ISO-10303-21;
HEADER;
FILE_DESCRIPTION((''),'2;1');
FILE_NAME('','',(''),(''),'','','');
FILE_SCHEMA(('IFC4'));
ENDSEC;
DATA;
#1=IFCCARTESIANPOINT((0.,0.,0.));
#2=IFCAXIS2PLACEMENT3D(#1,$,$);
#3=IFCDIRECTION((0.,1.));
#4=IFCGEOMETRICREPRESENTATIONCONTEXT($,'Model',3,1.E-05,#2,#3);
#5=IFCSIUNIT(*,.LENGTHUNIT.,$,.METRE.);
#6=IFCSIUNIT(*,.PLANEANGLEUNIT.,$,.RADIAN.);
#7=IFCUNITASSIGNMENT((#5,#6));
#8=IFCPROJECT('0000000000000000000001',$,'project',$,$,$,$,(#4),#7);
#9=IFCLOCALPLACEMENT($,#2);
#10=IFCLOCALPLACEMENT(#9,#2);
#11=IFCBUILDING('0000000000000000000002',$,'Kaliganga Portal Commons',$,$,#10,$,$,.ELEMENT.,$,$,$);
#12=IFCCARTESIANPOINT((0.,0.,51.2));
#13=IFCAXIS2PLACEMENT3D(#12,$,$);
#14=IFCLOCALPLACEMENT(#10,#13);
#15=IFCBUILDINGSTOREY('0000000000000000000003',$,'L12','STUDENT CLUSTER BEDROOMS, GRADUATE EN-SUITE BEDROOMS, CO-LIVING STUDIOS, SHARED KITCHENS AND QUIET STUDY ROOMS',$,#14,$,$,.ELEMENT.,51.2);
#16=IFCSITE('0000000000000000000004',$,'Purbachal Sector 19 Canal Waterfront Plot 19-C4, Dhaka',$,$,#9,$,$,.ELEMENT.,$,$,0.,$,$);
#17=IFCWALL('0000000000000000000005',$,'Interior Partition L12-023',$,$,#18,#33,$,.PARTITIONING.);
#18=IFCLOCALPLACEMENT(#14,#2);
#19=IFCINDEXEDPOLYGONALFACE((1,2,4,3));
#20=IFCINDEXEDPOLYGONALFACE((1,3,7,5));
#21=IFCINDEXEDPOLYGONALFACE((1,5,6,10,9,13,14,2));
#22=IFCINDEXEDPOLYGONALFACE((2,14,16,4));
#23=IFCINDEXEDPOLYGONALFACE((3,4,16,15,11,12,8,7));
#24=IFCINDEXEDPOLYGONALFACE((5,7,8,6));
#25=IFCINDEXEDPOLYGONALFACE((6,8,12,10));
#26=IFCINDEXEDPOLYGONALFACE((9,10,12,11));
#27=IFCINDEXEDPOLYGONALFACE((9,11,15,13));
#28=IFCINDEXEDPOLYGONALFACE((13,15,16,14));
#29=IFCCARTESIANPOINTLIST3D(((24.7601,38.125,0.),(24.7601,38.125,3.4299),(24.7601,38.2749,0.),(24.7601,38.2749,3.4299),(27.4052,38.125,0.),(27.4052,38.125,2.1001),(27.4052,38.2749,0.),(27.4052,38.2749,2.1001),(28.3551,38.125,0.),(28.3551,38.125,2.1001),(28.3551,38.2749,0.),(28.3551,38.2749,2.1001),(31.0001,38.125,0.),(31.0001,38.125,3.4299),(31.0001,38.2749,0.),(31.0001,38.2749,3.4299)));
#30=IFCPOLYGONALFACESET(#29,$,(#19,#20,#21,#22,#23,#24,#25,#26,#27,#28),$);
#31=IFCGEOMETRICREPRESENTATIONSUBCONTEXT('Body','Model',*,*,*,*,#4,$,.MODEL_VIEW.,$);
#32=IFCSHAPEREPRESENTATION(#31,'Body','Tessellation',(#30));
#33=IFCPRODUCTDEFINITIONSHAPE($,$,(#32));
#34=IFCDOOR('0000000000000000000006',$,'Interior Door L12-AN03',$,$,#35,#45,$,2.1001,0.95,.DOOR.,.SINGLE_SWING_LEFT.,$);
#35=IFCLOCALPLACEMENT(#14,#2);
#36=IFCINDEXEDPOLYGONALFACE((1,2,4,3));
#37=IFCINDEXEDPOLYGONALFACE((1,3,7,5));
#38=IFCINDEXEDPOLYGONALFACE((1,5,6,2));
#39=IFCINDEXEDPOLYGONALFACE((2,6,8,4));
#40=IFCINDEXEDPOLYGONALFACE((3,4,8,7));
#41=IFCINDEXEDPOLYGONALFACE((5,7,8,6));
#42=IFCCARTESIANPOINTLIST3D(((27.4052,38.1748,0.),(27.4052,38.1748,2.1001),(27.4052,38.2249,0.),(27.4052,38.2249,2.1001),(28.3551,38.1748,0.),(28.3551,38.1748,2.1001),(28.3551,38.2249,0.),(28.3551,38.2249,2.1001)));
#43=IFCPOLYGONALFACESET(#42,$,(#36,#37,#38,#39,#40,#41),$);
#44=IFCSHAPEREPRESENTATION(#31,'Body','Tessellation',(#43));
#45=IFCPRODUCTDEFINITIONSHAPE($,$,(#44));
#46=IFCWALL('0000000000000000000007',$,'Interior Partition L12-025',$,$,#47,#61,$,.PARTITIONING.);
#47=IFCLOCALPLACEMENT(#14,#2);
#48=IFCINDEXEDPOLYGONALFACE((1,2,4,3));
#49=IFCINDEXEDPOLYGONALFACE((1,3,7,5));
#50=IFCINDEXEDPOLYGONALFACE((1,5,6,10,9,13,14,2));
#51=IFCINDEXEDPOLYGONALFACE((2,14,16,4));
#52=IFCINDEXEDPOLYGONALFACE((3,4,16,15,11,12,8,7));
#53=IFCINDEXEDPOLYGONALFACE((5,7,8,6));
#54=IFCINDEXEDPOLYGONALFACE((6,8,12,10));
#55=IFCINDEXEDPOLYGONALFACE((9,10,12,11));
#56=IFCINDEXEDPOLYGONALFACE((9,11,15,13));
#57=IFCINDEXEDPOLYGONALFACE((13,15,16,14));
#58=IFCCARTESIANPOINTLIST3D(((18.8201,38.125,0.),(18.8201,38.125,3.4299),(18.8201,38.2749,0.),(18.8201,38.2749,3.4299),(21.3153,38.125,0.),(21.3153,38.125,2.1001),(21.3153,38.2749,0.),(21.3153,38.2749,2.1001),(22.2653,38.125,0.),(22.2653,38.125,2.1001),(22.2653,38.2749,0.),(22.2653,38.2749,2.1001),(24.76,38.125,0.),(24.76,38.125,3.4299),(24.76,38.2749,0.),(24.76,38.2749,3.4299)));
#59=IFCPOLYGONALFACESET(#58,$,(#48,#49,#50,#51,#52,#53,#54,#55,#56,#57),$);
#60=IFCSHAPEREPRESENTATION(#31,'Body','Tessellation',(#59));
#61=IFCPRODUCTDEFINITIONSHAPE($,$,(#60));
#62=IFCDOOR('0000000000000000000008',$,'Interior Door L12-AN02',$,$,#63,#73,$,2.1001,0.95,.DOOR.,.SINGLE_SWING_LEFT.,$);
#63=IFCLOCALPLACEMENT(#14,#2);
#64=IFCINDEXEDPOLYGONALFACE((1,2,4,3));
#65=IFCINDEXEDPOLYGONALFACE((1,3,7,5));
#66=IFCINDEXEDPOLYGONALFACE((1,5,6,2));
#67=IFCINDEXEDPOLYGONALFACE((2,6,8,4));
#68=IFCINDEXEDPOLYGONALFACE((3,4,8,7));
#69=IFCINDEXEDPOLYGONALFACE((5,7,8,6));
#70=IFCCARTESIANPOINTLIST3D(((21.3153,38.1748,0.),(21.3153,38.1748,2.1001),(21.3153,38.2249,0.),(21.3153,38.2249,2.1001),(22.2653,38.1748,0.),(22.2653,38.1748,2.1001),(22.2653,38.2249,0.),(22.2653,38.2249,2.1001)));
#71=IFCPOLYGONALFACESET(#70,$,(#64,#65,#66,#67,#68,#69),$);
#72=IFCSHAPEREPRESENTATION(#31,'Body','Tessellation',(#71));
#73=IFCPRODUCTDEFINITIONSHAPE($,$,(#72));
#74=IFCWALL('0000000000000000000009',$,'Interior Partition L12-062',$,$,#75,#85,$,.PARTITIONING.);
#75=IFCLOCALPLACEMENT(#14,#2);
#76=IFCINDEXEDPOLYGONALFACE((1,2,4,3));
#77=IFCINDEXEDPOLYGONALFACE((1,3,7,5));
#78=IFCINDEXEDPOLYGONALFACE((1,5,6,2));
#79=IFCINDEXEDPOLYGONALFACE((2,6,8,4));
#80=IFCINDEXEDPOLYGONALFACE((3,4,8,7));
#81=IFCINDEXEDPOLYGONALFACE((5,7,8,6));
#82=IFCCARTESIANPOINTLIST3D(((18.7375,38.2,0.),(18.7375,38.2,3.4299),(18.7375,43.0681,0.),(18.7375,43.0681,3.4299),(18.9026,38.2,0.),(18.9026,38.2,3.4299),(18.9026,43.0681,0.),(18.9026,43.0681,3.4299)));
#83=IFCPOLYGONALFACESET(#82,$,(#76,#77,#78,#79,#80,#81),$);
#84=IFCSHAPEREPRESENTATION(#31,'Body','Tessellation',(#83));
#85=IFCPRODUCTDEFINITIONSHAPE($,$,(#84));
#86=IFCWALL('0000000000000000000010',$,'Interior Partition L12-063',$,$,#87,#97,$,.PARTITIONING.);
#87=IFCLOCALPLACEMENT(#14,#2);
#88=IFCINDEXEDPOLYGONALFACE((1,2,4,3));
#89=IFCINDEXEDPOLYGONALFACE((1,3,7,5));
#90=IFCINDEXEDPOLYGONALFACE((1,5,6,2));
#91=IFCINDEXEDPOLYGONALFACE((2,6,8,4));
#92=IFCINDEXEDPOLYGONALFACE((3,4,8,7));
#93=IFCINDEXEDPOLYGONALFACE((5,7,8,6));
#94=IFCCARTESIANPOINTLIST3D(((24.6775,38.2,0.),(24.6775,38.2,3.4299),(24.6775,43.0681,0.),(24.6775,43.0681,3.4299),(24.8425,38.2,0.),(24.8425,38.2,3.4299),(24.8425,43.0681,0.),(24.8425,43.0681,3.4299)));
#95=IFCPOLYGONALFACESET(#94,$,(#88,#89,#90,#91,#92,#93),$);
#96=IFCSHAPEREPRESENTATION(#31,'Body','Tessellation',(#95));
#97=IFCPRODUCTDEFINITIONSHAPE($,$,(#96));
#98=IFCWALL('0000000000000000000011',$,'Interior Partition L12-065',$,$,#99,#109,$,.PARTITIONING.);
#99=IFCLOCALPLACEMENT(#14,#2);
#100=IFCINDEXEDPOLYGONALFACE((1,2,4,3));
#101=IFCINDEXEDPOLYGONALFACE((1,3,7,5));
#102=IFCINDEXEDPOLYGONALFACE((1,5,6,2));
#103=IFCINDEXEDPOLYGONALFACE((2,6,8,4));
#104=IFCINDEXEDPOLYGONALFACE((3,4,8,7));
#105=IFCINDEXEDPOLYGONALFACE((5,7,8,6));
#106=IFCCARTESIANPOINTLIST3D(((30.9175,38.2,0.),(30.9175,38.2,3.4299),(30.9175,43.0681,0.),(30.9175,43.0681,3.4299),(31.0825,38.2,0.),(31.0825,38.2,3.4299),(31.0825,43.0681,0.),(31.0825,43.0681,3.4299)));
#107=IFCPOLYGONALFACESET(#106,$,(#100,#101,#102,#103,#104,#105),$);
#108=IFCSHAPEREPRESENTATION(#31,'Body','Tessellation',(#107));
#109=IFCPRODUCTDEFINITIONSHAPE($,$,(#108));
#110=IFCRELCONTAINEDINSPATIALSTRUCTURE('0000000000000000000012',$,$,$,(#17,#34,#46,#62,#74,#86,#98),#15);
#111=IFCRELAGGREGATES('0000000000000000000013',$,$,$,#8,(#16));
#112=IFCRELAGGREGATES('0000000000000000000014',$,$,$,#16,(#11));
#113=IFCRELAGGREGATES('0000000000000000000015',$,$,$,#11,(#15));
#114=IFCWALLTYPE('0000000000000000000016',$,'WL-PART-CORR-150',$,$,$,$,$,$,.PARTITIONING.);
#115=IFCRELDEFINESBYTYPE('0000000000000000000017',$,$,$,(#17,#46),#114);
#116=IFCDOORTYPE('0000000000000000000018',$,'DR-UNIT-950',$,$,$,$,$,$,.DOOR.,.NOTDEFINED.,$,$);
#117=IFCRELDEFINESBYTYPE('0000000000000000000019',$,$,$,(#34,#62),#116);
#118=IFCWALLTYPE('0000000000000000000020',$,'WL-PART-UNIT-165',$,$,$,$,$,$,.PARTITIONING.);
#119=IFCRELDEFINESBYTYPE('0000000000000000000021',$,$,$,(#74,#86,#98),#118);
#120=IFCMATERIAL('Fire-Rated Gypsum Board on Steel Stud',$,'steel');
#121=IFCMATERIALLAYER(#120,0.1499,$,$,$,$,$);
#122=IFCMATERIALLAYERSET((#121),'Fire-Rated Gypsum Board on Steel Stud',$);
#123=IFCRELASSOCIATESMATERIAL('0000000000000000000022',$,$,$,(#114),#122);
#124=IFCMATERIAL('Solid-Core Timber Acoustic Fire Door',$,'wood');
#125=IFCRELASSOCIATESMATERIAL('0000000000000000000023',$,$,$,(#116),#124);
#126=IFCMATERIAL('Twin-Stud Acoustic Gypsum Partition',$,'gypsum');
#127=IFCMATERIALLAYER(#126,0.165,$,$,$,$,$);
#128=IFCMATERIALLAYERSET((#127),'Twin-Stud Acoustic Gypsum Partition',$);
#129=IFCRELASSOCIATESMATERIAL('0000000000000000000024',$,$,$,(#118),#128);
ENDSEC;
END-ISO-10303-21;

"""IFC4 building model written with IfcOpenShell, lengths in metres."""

from ifc_helpers import new_model, si_unit, direction, frame, frame_2d, origin, place, context, subcontext, project, spatial, rectangle, extrude, material, layer, layer_set, type_object, element, fill, save


model = new_model("IFC4")

# Units and contexts
model_context = context("Model", 3, precision=1e-05, world=origin(), true_north=direction((0.0, 1.0)))
body_context = subcontext(model_context, "Body", "Model", "MODEL_VIEW")
ifc_project = project(units=[si_unit("LENGTHUNIT", "METRE"), si_unit("PLANEANGLEUNIT", "RADIAN")], contexts=[model_context])

# Site, building, storey
site_placement = place(None, origin())
site = spatial("IfcSite", under=ifc_project, at=site_placement, Name="Purbachal Sector 19 Canal Waterfront Plot 19-C4, Dhaka", CompositionType="ELEMENT", RefElevation=0.0)
building_placement = place(site_placement, origin())
building = spatial("IfcBuilding", under=site, at=building_placement, Name="Kaliganga Portal Commons", CompositionType="ELEMENT")
storey_placement = place(building_placement, frame((0.0, 0.0, 51.2)))
storey = spatial("IfcBuildingStorey", under=building, at=storey_placement, Name="L12", Description="STUDENT CLUSTER BEDROOMS, GRADUATE EN-SUITE BEDROOMS, CO-LIVING STUDIOS, SHARED KITCHENS AND QUIET STUDY ROOMS", CompositionType="ELEMENT", Elevation=51.2)

# Walls, openings, doors
ifc_material_1 = material(Name="Fire-Rated Gypsum Board on Steel Stud", Category="steel")
ifc_layer_1 = layer(ifc_material_1, 0.1499)
ifc_layer_set_1 = layer_set([ifc_layer_1], Name="Fire-Rated Gypsum Board on Steel Stud")
wall_type_1 = type_object("IfcWallType", Name="WL-PART-CORR-150", PredefinedType="PARTITIONING", material=ifc_layer_set_1)
wall_1_placement = place(storey_placement, frame((24.76, 38.2, 0.0), z_axis=(0.0, 0.0, 1.0), x_axis=(1.0, 0.0, 0.0)))
wall_1 = element("IfcWall", 1, at=wall_1_placement, inside=storey, type_object=wall_type_1, Name="Interior Partition L12-023", PredefinedType="PARTITIONING", context=body_context, shape_type="SweptSolid", body=[
    extrude(rectangle(XDim=6.24, YDim=0.1499, at=frame_2d((3.1201, 0.0))), origin(), (0.0, 0.0, 1.0), 3.4299),
])
opening_1_placement = place(wall_1_placement, frame((2.645, 0.0, 0.0)))
opening_1 = element("IfcOpeningElement", 2, at=opening_1_placement, cuts=wall_1, PredefinedType="OPENING", context=body_context, shape_type="SweptSolid", body=[
    extrude(rectangle(XDim=0.95, YDim=2.1001, at=frame_2d((0.4751, 1.05))), frame((0.0, 0.085, 0.0), z_axis=(0.0, -1.0, 0.0), x_axis=(1.0, 0.0, 0.0)), (0.0, 0.0, 1.0), 0.1699),
])
ifc_material_2 = material(Name="Solid-Core Timber Acoustic Fire Door", Category="wood")
door_type_1 = type_object("IfcDoorType", Name="DR-UNIT-950", OperationType="NOTDEFINED", PredefinedType="DOOR", material=ifc_material_2)
door_1_placement = place(opening_1_placement, origin())
door_1 = element("IfcDoor", 3, at=door_1_placement, inside=storey, type_object=door_type_1, Name="Interior Door L12-AN03", OperationType="SINGLE_SWING_LEFT", OverallHeight=2.1001, OverallWidth=0.95, PredefinedType="DOOR", context=body_context, shape_type="SweptSolid", body=[
    extrude(rectangle(XDim=0.95, YDim=2.1001, at=frame_2d((0.4751, 1.05))), frame((0.0, 0.0249, 0.0), z_axis=(0.0, -1.0, 0.0), x_axis=(1.0, 0.0, 0.0)), (0.0, 0.0, 1.0), 0.05),
])
fill(opening_1, door_1)
wall_2_placement = place(storey_placement, frame((18.8201, 38.2, 0.0), z_axis=(0.0, 0.0, 1.0), x_axis=(1.0, 0.0, 0.0)))
wall_2 = element("IfcWall", 4, at=wall_2_placement, inside=storey, type_object=wall_type_1, Name="Interior Partition L12-025", PredefinedType="PARTITIONING", context=body_context, shape_type="SweptSolid", body=[
    extrude(rectangle(XDim=5.9399, YDim=0.1499, at=frame_2d((2.97, 0.0))), origin(), (0.0, 0.0, 1.0), 3.4299),
])
opening_2_placement = place(wall_2_placement, frame((2.4951, 0.0, 0.0)))
opening_2 = element("IfcOpeningElement", 5, at=opening_2_placement, cuts=wall_2, PredefinedType="OPENING", context=body_context, shape_type="SweptSolid", body=[
    extrude(rectangle(XDim=0.95, YDim=2.1001, at=frame_2d((0.4751, 1.05))), frame((0.0, 0.085, 0.0), z_axis=(0.0, -1.0, 0.0), x_axis=(1.0, 0.0, 0.0)), (0.0, 0.0, 1.0), 0.1699),
])
door_2_placement = place(opening_2_placement, origin())
door_2 = element("IfcDoor", 6, at=door_2_placement, inside=storey, type_object=door_type_1, Name="Interior Door L12-AN02", OperationType="SINGLE_SWING_LEFT", OverallHeight=2.1001, OverallWidth=0.95, PredefinedType="DOOR", context=body_context, shape_type="SweptSolid", body=[
    extrude(rectangle(XDim=0.95, YDim=2.1001, at=frame_2d((0.4751, 1.05))), frame((0.0, 0.0249, 0.0), z_axis=(0.0, -1.0, 0.0), x_axis=(1.0, 0.0, 0.0)), (0.0, 0.0, 1.0), 0.05),
])
fill(opening_2, door_2)

# Walls
ifc_material_3 = material(Name="Twin-Stud Acoustic Gypsum Partition", Category="gypsum")
ifc_layer_2 = layer(ifc_material_3, 0.165)
ifc_layer_set_2 = layer_set([ifc_layer_2], Name="Twin-Stud Acoustic Gypsum Partition")
wall_type_2 = type_object("IfcWallType", Name="WL-PART-UNIT-165", PredefinedType="PARTITIONING", material=ifc_layer_set_2)
for number, where, z_axis, x_axis, name in (
    (7, (18.8201, 38.2, 0.0), (0.0, 0.0, 1.0), (0.0, 1.0, 0.0), "Interior Partition L12-062"),
    (8, (24.76, 38.2, 0.0), (0.0, 0.0, 1.0), (0.0, 1.0, 0.0), "Interior Partition L12-063"),
    (9, (31.0, 38.2, 0.0), (0.0, 0.0, 1.0), (0.0, 1.0, 0.0), "Interior Partition L12-065"),
):
    element("IfcWall", number, at=place(storey_placement, frame(where, z_axis=z_axis, x_axis=x_axis)), inside=storey, type_object=wall_type_2, Name=name, PredefinedType="PARTITIONING", context=body_context, shape_type="SweptSolid", body=[
        extrude(rectangle(XDim=4.8682, YDim=0.165, at=frame_2d((2.4341, 0.0))), origin(), (0.0, 0.0, 1.0), 3.4299),
    ])

save(model, "model.ifc")
